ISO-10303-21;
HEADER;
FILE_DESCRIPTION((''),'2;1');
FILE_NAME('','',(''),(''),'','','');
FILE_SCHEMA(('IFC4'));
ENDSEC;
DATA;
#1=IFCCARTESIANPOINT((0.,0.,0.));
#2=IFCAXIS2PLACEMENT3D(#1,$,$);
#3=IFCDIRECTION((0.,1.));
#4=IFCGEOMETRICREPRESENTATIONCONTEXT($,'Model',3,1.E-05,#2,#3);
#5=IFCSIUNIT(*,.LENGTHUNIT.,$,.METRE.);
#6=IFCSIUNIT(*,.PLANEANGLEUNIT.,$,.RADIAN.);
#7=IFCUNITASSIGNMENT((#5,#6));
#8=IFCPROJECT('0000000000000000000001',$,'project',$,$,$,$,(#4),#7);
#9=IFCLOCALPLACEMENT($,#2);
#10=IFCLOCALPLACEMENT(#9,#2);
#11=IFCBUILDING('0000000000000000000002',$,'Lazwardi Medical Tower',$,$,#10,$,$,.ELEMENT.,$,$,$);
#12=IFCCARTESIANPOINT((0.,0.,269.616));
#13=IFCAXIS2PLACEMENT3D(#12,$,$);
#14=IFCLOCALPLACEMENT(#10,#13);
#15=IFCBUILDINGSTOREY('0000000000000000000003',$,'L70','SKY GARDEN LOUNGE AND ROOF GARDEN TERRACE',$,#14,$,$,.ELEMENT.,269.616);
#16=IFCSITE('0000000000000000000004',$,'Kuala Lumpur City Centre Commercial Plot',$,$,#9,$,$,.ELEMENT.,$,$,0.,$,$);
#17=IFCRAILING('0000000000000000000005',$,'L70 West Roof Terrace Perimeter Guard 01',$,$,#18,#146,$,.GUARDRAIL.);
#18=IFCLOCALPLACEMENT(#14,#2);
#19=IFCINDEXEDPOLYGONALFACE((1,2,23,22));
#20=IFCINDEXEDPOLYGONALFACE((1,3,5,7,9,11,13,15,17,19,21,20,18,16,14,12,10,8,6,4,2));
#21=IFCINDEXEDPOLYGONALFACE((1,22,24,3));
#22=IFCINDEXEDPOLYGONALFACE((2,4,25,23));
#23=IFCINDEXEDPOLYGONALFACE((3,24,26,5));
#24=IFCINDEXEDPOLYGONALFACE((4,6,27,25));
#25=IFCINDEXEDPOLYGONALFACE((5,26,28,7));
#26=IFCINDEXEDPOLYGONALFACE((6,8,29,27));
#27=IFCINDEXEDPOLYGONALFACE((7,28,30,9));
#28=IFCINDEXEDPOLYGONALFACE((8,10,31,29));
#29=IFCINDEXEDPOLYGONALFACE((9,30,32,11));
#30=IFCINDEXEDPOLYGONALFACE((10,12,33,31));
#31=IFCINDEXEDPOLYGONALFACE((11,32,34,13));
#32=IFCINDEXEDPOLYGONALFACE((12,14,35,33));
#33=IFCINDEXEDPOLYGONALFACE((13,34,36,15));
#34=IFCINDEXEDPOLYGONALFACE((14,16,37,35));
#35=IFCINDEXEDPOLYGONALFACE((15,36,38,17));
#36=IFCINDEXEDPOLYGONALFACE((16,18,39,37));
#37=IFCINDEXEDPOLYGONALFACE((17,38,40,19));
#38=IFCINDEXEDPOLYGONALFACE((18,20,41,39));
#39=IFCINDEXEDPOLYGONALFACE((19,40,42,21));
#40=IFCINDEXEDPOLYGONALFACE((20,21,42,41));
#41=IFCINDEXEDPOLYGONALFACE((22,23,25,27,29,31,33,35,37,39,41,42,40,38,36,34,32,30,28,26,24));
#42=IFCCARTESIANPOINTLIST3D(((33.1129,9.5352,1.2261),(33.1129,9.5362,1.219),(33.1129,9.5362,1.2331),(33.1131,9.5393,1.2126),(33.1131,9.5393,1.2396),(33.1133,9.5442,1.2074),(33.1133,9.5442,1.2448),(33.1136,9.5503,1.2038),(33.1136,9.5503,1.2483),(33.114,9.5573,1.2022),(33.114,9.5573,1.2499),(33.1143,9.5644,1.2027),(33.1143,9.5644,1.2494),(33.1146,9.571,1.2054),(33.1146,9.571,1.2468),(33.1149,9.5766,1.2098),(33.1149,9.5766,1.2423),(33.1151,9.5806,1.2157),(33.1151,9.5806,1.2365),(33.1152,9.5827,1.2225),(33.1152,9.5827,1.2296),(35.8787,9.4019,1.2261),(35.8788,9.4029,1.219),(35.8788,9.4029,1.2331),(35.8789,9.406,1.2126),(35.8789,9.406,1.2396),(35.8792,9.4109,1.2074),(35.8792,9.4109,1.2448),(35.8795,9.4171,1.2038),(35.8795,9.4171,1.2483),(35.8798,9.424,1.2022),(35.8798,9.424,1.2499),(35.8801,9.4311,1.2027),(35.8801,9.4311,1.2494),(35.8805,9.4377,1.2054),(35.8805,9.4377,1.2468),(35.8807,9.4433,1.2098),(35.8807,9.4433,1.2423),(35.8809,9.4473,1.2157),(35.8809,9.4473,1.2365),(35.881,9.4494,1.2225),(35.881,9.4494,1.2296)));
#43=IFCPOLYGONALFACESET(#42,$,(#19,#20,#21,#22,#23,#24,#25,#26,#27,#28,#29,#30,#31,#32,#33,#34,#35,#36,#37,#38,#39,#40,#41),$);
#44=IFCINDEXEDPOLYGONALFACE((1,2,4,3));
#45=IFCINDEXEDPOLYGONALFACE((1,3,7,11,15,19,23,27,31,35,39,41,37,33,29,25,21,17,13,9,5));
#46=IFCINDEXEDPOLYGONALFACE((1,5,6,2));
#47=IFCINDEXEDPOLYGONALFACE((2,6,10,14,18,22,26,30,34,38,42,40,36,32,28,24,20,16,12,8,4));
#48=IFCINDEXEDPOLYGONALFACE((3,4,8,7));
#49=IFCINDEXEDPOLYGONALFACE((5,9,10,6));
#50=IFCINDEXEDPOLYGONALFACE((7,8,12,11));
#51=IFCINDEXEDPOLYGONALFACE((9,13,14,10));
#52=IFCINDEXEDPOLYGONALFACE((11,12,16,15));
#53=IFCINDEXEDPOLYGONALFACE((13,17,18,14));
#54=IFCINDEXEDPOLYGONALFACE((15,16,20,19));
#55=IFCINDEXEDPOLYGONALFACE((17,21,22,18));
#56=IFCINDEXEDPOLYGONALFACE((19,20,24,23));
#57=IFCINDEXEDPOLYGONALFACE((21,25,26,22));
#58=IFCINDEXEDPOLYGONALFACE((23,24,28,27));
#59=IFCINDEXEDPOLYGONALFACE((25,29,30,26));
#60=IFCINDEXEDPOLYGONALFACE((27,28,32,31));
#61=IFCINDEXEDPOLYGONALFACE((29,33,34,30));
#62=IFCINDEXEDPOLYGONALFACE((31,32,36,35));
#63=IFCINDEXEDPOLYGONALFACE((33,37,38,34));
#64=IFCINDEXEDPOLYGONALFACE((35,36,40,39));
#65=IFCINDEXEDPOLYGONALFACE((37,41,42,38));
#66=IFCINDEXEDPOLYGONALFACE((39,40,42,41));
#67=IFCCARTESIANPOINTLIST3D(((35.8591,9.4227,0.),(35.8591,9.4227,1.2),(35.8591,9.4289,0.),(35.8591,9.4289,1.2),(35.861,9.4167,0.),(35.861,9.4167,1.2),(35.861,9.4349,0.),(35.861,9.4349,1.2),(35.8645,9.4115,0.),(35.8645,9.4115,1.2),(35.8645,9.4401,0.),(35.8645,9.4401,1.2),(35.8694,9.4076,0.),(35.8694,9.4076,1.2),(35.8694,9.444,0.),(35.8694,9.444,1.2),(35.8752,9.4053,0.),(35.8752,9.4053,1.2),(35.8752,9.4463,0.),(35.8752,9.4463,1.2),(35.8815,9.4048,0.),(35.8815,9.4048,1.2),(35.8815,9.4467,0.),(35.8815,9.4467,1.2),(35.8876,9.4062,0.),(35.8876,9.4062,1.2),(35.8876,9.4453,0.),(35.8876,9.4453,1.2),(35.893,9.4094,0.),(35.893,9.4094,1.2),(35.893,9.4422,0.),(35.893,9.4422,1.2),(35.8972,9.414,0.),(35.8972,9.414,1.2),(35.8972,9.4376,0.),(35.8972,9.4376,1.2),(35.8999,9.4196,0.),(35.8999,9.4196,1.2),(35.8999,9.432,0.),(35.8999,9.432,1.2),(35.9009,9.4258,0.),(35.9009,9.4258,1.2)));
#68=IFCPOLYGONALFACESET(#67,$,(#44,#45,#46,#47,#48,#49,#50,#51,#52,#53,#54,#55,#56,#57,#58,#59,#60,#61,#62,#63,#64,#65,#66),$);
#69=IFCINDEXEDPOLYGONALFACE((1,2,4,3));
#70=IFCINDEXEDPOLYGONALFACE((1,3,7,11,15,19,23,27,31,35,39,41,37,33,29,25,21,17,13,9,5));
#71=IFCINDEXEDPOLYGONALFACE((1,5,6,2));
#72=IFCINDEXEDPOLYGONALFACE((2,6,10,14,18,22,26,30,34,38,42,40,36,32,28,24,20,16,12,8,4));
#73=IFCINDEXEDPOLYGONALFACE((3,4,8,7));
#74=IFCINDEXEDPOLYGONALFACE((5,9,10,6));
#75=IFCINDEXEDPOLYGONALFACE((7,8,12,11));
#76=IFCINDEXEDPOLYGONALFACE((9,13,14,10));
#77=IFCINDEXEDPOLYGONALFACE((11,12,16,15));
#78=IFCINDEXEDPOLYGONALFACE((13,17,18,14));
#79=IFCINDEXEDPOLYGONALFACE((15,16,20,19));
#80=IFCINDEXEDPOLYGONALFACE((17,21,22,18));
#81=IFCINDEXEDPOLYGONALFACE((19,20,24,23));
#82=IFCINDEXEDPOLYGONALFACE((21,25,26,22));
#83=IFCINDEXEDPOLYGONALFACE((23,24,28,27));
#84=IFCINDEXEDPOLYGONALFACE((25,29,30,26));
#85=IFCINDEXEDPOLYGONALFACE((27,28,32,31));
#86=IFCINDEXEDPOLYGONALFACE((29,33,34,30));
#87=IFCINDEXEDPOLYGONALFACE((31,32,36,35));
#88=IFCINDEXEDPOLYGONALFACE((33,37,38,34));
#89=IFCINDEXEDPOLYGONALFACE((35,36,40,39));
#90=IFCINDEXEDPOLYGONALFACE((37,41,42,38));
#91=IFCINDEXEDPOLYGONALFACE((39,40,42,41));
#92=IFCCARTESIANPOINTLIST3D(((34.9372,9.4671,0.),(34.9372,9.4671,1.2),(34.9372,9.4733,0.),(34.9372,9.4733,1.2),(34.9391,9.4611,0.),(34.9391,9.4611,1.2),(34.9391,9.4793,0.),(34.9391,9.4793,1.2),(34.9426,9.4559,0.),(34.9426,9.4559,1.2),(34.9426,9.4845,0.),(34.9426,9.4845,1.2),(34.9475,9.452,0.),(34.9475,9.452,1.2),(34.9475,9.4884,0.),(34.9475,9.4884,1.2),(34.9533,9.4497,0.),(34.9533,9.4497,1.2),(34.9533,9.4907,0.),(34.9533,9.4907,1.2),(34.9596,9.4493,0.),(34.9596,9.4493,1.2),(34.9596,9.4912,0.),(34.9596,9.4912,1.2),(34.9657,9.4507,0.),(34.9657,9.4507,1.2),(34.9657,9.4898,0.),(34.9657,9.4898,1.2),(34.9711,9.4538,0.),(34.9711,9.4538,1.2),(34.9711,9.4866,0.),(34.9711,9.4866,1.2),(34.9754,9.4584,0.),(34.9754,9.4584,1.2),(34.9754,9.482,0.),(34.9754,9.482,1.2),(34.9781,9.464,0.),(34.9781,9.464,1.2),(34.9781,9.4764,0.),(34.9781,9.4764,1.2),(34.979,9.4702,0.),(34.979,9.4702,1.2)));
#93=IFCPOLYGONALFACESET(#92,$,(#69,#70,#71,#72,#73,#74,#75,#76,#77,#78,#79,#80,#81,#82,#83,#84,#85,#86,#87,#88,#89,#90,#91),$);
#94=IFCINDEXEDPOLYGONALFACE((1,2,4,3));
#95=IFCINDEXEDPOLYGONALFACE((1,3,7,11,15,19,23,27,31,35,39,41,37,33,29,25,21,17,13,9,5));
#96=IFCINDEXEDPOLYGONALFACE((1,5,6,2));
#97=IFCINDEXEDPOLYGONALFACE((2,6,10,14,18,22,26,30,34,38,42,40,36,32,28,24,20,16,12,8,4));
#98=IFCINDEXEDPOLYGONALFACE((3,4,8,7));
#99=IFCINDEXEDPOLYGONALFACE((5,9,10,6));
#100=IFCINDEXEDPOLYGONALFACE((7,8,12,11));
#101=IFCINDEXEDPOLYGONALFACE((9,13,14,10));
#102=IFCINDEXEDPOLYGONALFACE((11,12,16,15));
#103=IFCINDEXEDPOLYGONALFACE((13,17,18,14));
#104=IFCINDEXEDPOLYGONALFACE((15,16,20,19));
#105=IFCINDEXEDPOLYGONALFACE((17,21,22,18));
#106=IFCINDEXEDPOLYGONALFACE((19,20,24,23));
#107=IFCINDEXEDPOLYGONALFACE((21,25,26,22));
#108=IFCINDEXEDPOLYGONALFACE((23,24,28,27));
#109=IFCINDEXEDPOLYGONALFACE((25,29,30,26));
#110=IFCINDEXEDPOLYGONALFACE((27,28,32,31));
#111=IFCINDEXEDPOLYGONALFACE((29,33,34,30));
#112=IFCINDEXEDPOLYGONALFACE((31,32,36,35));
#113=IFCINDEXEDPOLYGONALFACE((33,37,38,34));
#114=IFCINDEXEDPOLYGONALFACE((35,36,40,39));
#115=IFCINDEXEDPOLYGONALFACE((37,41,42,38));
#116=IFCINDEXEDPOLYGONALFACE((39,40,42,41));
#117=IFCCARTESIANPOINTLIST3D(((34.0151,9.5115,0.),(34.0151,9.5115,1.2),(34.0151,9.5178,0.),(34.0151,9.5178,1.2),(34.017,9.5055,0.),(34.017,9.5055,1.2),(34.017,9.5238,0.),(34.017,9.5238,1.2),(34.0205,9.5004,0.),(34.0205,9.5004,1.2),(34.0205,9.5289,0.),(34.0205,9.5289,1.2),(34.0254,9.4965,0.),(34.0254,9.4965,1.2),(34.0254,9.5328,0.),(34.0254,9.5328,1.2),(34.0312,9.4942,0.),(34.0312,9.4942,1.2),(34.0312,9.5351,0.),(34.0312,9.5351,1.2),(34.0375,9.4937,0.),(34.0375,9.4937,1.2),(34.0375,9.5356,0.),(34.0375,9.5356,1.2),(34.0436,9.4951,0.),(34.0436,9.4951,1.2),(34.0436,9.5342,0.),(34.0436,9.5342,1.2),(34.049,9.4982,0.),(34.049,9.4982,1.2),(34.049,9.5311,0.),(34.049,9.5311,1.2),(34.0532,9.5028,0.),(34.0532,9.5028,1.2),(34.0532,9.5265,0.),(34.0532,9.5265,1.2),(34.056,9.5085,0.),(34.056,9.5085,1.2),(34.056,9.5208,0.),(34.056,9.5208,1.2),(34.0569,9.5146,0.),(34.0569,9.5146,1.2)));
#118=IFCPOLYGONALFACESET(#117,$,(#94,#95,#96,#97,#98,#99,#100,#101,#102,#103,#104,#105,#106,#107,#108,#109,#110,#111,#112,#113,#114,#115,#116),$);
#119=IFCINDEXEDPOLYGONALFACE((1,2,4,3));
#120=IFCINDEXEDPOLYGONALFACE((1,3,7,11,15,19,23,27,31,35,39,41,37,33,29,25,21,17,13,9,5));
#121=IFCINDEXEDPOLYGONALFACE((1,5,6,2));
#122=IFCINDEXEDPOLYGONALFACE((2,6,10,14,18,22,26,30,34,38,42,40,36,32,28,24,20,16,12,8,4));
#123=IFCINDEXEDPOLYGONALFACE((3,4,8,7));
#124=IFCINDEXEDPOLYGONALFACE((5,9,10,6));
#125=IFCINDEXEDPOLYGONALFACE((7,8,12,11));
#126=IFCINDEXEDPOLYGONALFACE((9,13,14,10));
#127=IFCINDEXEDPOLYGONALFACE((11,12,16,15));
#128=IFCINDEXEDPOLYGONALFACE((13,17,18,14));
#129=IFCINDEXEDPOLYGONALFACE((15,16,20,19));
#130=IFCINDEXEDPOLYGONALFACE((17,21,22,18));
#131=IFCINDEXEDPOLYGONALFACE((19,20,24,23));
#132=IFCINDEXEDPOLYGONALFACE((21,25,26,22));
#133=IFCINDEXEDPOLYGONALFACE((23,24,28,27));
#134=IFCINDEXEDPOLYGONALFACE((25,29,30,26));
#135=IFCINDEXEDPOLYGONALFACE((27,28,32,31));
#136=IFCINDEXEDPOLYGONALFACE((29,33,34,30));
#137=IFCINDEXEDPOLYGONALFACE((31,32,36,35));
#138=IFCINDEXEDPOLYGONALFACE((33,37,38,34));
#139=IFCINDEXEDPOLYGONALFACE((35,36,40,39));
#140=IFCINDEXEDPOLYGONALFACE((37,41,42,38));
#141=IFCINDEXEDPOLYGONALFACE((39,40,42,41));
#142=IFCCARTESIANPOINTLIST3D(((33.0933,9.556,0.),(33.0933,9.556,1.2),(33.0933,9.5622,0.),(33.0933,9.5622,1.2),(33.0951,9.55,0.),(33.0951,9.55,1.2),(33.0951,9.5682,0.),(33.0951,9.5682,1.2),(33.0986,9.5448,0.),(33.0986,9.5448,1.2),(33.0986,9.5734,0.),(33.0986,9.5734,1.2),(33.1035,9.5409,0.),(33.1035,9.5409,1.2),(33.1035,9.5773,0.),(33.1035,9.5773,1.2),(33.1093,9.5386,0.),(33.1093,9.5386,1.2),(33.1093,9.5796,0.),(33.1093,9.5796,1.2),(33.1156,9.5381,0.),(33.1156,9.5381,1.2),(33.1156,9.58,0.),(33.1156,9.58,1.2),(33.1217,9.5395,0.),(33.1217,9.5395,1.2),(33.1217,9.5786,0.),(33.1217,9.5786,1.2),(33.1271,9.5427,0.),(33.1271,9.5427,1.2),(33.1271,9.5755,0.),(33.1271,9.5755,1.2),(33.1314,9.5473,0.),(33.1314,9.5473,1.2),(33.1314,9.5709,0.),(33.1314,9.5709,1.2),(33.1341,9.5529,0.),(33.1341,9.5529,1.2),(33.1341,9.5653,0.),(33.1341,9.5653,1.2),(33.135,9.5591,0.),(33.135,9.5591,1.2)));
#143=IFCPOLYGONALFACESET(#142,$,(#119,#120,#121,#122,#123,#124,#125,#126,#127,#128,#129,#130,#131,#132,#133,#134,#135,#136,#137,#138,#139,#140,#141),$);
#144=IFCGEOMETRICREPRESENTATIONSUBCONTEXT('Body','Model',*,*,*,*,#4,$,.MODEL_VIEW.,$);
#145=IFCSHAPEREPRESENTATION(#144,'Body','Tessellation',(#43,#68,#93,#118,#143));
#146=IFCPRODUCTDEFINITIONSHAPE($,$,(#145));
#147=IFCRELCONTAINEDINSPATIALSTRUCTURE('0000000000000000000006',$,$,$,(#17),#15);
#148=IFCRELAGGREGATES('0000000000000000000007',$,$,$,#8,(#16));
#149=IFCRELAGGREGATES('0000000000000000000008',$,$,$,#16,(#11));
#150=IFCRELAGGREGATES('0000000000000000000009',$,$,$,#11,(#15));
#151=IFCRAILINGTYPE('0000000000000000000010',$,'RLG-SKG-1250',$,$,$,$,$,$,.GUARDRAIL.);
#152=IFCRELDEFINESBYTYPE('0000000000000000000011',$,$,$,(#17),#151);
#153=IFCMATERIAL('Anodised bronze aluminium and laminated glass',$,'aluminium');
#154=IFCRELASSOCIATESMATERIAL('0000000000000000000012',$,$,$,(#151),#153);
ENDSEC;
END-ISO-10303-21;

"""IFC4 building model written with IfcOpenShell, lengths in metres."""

from ifc_helpers import new_model, si_unit, direction, frame, origin, origin_2d, place, context, subcontext, project, spatial, circle, extrude, material, type_object, element, save


model = new_model("IFC4")

# Units and contexts
model_context = context("Model", 3, precision=1e-05, world=origin(), true_north=direction((0.0, 1.0)))
body_context = subcontext(model_context, "Body", "Model", "MODEL_VIEW")
ifc_project = project(units=[si_unit("LENGTHUNIT", "METRE"), si_unit("PLANEANGLEUNIT", "RADIAN")], contexts=[model_context])

# Site, building, storey
site_placement = place(None, origin())
site = spatial("IfcSite", under=ifc_project, at=site_placement, Name="Kuala Lumpur City Centre Commercial Plot", CompositionType="ELEMENT", RefElevation=0.0)
building_placement = place(site_placement, origin())
building = spatial("IfcBuilding", under=site, at=building_placement, Name="Lazwardi Medical Tower", CompositionType="ELEMENT")
storey_placement = place(building_placement, frame((0.0, 0.0, 269.616)))
storey = spatial("IfcBuildingStorey", under=building, at=storey_placement, Name="L70", Description="SKY GARDEN LOUNGE AND ROOF GARDEN TERRACE", CompositionType="ELEMENT", Elevation=269.616)

# Railing
ifc_material_1 = material(Name="Anodised bronze aluminium and laminated glass", Category="aluminium")
railing_type = type_object("IfcRailingType", Name="RLG-SKG-1250", PredefinedType="GUARDRAIL", material=ifc_material_1)
railing_1_placement = place(storey_placement, frame((35.8799, 9.4258, 0.0)))
element("IfcRailing", 1, at=railing_1_placement, inside=storey, type_object=railing_type, Name="L70 West Roof Terrace Perimeter Guard 01", PredefinedType="GUARDRAIL", context=body_context, shape_type="SweptSolid", body=[
    extrude(circle(Radius=0.0239, at=origin_2d()), frame((0.0, 0.0, 1.2261), z_axis=(-0.998841, 0.048139, 0.0), x_axis=(-0.048139, -0.998841, 0.0)), (0.0, 0.0, 1.0), 2.769),
    extrude(circle(Radius=0.021, at=origin_2d()), origin(), (0.0, 0.0, 1.0), 1.2),
    extrude(circle(Radius=0.021, at=origin_2d()), frame((-0.9219, 0.0444, 0.0)), (0.0, 0.0, 1.0), 1.2),
    extrude(circle(Radius=0.021, at=origin_2d()), frame((-1.844, 0.0889, 0.0)), (0.0, 0.0, 1.0), 1.2),
    extrude(circle(Radius=0.021, at=origin_2d()), frame((-2.7659, 0.1333, 0.0)), (0.0, 0.0, 1.0), 1.2),
])

save(model, "model.ifc")
